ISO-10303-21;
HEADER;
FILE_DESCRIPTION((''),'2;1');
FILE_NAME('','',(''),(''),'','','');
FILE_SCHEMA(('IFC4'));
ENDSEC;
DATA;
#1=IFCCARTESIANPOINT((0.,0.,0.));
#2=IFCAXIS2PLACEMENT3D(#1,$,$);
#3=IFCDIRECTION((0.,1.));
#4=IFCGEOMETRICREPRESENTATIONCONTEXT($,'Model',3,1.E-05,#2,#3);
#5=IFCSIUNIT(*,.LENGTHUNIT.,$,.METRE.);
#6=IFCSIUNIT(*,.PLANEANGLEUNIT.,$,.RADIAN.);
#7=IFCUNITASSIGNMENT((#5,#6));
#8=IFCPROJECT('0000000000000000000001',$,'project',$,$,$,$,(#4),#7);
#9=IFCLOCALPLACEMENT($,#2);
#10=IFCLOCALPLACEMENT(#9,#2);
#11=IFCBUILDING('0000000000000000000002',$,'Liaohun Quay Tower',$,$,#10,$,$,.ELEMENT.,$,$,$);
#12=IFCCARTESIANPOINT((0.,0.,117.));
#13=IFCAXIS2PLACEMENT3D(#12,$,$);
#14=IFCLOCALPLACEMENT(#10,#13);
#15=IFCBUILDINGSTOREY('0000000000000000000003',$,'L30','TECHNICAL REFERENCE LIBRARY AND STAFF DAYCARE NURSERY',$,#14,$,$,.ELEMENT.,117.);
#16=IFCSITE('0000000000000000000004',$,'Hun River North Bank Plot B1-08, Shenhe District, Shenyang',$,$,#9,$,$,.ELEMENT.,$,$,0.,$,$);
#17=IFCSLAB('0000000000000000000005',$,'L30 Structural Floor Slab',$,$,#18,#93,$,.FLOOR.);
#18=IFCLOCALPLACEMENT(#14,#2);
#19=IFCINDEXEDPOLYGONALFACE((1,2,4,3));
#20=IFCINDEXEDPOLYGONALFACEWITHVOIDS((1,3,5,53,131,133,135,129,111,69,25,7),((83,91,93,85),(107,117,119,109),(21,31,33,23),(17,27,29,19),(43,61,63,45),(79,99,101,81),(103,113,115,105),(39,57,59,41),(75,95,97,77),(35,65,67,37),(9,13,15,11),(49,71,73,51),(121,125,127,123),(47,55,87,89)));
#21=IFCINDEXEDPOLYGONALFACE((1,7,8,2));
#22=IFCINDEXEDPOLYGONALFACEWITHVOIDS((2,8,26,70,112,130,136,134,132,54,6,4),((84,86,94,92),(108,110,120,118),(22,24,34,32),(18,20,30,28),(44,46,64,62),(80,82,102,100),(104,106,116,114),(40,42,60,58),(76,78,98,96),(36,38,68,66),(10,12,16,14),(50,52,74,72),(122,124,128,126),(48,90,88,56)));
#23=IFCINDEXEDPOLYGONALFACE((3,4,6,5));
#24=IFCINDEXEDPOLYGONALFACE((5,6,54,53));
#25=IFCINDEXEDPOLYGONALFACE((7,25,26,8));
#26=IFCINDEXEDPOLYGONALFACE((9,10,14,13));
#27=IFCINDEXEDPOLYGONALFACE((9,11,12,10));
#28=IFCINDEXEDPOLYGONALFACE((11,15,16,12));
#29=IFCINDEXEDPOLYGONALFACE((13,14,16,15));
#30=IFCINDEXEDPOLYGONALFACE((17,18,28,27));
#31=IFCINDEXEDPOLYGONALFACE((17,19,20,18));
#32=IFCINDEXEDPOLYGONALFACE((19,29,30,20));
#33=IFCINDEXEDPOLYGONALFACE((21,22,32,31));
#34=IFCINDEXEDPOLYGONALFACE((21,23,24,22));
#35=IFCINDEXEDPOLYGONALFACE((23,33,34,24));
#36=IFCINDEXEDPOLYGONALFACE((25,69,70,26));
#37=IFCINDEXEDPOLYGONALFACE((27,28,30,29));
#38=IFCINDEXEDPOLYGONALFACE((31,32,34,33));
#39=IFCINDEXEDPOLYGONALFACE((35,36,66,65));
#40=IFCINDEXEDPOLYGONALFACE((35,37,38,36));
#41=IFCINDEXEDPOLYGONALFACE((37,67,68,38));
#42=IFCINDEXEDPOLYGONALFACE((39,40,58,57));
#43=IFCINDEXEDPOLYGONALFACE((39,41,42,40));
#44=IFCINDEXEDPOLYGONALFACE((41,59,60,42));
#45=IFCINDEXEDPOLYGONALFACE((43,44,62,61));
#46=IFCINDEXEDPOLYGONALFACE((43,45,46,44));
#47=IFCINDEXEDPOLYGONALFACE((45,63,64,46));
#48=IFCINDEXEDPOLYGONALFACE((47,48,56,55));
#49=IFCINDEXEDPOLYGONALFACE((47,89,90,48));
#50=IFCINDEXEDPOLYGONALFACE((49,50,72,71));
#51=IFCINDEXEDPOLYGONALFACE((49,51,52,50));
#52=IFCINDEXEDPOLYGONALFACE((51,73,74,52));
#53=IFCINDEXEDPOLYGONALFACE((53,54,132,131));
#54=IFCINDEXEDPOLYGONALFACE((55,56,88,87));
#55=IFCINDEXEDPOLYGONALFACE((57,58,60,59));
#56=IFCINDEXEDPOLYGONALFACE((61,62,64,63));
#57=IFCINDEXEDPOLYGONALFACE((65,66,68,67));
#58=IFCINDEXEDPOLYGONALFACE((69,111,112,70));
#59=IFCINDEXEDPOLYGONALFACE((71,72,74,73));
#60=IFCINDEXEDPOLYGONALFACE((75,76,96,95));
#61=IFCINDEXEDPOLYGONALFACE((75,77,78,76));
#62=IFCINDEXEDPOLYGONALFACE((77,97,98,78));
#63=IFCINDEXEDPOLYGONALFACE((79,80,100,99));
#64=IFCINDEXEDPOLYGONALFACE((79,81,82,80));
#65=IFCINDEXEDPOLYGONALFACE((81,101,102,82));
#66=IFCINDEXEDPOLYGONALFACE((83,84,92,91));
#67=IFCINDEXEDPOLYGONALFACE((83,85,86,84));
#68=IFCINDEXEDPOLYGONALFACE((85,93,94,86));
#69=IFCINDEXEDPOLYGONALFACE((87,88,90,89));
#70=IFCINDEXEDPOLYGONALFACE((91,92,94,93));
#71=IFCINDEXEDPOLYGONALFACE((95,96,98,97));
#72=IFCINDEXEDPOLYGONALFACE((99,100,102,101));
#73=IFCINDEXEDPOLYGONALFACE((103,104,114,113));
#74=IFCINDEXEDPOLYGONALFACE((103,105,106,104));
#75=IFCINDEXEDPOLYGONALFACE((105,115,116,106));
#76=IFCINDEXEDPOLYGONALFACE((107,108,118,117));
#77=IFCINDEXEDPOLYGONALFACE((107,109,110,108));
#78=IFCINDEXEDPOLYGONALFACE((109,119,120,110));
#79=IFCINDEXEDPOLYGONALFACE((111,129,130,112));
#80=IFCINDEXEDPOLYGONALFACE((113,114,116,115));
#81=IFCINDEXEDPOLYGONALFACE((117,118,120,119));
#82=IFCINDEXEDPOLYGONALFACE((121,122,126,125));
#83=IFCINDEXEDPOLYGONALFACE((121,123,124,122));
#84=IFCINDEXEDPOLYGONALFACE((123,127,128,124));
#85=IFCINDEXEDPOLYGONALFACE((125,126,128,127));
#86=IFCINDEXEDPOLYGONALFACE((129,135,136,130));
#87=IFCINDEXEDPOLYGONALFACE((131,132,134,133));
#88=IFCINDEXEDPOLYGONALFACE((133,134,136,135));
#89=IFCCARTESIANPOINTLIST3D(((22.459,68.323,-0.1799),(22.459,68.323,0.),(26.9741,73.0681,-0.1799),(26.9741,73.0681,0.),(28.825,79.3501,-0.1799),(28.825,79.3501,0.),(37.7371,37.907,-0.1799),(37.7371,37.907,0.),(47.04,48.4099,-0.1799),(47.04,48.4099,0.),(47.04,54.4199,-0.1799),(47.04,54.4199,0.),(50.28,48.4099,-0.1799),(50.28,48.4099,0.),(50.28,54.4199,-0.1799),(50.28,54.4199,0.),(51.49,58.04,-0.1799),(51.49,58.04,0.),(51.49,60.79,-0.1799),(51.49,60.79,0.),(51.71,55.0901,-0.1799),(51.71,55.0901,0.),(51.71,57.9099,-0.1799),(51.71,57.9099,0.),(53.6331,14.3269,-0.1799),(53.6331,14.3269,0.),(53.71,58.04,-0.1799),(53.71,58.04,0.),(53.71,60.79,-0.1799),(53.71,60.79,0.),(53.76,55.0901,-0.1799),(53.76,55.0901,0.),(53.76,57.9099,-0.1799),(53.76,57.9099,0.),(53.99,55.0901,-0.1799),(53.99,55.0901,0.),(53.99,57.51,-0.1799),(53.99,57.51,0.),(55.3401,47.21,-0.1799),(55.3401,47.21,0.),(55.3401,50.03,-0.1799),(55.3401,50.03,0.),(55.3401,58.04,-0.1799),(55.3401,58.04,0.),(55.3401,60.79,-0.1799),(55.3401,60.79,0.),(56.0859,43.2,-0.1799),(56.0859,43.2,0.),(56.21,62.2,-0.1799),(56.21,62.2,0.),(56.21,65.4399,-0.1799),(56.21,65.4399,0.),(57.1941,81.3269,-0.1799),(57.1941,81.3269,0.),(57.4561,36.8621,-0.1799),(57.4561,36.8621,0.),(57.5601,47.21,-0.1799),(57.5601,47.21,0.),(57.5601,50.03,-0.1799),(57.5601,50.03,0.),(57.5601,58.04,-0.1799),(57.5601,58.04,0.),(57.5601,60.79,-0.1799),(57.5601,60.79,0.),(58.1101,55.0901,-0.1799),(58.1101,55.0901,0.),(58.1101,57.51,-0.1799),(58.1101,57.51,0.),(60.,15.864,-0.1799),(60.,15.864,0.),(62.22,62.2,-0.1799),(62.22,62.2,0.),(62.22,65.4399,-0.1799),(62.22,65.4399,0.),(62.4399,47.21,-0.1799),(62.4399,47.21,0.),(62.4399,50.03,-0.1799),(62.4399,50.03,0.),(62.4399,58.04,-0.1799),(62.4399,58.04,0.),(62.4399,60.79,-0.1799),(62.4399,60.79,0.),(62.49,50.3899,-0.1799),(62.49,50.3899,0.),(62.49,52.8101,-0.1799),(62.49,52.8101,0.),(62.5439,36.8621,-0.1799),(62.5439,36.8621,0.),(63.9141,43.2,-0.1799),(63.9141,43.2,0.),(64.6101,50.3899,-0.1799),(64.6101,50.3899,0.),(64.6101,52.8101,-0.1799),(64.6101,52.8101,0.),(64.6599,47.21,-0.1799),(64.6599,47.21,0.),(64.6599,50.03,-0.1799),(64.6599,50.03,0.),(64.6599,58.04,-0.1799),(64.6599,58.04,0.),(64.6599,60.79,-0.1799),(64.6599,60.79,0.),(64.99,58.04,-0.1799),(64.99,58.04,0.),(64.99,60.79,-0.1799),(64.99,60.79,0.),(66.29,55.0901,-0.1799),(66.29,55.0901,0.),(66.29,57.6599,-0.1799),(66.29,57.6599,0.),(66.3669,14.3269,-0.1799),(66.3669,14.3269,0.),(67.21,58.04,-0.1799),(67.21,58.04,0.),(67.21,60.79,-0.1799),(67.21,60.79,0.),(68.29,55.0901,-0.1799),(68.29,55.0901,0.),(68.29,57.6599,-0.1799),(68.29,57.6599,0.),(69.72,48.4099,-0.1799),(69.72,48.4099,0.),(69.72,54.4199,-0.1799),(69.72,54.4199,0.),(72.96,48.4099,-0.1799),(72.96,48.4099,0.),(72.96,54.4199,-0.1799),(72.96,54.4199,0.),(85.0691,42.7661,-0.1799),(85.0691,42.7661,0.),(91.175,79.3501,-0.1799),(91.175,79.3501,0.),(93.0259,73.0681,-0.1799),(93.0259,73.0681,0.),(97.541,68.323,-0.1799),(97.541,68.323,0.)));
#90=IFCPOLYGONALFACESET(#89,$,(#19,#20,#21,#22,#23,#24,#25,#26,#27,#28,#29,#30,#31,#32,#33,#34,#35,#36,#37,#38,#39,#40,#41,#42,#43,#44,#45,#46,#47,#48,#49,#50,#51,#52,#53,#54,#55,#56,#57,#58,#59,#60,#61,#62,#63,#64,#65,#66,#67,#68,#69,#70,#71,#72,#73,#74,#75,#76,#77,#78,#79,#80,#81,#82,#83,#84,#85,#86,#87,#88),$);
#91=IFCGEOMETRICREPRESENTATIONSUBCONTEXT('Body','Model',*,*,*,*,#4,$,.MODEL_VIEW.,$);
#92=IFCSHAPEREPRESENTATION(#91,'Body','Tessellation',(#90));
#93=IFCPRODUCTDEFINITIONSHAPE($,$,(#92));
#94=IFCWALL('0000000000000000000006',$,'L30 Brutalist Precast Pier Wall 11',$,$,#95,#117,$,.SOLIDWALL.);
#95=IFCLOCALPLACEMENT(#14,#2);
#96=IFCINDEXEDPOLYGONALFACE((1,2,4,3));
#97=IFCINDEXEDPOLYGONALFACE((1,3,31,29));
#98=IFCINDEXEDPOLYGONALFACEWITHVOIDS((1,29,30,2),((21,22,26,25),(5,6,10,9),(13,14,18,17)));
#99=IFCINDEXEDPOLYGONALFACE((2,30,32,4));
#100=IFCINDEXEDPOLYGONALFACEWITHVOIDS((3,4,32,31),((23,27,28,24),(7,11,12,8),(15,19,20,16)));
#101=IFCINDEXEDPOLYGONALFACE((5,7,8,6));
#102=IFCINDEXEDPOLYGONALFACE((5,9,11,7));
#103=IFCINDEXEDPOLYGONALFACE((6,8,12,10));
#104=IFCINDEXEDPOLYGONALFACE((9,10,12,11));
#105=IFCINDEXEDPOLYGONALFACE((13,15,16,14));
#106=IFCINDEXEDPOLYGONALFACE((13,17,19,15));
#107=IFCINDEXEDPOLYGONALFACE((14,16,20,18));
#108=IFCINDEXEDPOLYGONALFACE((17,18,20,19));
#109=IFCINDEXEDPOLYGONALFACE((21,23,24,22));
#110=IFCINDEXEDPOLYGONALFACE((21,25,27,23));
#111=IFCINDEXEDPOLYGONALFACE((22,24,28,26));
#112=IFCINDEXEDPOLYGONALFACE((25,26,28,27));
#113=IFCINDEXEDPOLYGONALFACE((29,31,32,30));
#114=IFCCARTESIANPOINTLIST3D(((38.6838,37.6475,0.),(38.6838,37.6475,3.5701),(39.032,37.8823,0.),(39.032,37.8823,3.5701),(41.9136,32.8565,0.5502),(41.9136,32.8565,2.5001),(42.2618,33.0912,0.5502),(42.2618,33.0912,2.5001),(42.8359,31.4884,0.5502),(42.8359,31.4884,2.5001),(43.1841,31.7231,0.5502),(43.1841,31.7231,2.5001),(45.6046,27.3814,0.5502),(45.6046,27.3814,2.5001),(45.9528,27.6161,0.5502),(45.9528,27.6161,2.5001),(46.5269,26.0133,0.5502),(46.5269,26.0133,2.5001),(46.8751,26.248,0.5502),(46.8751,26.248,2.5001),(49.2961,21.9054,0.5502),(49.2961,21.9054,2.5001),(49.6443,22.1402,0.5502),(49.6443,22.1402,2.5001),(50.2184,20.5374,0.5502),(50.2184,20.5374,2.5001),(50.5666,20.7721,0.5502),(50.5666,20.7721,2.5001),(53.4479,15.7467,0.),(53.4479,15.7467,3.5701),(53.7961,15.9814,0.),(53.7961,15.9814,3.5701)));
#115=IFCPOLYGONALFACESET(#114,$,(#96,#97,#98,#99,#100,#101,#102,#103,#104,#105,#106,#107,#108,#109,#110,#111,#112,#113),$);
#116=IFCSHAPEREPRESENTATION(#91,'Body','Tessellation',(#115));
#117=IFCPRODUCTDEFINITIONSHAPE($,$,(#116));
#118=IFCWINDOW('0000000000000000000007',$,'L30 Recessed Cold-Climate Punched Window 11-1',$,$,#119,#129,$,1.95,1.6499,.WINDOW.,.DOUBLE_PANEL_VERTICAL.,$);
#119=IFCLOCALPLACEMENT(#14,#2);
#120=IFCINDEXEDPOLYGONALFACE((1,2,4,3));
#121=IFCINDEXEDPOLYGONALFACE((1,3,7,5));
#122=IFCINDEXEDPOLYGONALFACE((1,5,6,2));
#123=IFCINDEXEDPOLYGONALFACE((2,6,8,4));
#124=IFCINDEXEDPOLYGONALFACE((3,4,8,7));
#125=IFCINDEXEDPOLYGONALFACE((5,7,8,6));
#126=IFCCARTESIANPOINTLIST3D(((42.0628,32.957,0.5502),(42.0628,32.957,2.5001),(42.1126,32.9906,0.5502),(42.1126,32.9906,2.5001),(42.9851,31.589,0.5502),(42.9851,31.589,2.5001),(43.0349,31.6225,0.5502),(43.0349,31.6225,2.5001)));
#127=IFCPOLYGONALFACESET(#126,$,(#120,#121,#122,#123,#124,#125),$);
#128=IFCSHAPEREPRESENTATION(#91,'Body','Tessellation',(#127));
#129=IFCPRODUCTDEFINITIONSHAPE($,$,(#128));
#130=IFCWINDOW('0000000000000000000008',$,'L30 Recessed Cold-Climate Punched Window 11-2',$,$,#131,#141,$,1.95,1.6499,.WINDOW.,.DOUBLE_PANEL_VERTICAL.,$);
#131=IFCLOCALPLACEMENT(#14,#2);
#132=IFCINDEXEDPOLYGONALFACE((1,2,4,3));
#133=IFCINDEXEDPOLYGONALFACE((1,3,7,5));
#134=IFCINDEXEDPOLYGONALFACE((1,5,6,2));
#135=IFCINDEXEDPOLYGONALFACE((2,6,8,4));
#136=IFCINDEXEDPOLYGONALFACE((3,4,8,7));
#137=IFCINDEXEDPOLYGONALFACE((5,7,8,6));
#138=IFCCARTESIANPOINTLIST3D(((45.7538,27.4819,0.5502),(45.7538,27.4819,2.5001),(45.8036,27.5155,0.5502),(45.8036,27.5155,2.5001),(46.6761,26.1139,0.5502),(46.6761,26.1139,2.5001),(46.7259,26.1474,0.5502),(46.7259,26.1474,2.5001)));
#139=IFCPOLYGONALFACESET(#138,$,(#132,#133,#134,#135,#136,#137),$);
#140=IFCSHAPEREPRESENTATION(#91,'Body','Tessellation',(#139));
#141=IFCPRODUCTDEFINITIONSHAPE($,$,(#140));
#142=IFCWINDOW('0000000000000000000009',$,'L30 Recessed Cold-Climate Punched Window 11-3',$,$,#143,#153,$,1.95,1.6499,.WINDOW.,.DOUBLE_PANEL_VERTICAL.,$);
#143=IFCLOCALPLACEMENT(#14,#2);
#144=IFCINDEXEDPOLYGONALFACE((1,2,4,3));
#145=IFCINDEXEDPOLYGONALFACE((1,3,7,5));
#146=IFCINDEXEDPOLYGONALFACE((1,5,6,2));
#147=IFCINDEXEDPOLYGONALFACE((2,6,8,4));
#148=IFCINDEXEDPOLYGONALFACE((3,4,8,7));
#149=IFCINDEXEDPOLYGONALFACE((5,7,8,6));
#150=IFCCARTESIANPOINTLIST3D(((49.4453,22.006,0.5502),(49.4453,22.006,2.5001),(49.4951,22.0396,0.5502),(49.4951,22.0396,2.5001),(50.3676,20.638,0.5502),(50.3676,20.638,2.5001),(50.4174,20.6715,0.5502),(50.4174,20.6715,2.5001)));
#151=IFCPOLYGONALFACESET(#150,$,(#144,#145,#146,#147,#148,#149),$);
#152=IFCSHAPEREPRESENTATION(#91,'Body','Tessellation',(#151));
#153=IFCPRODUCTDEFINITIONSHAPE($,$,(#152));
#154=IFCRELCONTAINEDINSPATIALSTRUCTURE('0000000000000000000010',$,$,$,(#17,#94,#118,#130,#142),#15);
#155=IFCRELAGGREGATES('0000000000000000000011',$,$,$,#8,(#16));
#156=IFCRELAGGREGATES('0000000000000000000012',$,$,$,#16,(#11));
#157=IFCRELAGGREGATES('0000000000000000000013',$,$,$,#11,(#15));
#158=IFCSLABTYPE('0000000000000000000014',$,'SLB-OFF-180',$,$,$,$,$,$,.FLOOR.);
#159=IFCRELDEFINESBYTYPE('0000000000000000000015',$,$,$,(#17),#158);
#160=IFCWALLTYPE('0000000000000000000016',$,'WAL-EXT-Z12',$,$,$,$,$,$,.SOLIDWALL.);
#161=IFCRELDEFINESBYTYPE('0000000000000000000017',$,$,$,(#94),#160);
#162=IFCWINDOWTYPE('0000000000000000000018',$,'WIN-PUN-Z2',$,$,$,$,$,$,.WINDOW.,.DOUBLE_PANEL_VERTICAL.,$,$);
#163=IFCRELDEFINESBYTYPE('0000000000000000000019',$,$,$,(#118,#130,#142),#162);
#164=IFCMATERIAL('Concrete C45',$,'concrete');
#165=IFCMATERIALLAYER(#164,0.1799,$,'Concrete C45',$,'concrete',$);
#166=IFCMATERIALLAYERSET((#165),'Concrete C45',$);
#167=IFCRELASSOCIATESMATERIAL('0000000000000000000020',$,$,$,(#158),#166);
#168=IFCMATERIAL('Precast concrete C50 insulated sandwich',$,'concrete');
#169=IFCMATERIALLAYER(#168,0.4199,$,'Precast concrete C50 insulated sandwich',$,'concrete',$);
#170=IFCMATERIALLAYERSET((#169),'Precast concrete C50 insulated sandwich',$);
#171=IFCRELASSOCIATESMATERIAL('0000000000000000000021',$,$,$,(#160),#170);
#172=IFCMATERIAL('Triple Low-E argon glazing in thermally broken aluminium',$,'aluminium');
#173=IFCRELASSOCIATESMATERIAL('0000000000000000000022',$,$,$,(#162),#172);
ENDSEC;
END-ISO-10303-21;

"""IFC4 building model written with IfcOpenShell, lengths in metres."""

from ifc_helpers import new_model, si_unit, direction, frame, frame_2d, origin, place, context, subcontext, project, spatial, polyline, rectangle, outline, extrude, source, transform, mapped, material, layer, layer_set, type_object, element, fill, save


model = new_model("IFC4")

# Units and contexts
model_context = context("Model", 3, precision=1e-05, world=origin(), true_north=direction((0.0, 1.0)))
body_context = subcontext(model_context, "Body", "Model", "MODEL_VIEW")
ifc_project = project(units=[si_unit("LENGTHUNIT", "METRE"), si_unit("PLANEANGLEUNIT", "RADIAN")], contexts=[model_context])

# Site, building, storey
site_placement = place(None, origin())
site = spatial("IfcSite", under=ifc_project, at=site_placement, Name="Hun River North Bank Plot B1-08, Shenhe District, Shenyang", CompositionType="ELEMENT", RefElevation=0.0)
building_placement = place(site_placement, origin())
building = spatial("IfcBuilding", under=site, at=building_placement, Name="Liaohun Quay Tower", CompositionType="ELEMENT")
storey_placement = place(building_placement, frame((0.0, 0.0, 117.0)))
storey = spatial("IfcBuildingStorey", under=building, at=storey_placement, Name="L30", Description="TECHNICAL REFERENCE LIBRARY AND STAFF DAYCARE NURSERY", CompositionType="ELEMENT", Elevation=117.0)

# Shared definitions
ifc_material_1 = material(Name="Concrete C45", Category="concrete")

# Slab
ifc_layer_1 = layer(ifc_material_1, 0.1799, Name="Concrete C45", Category="concrete")
ifc_layer_set_1 = layer_set([ifc_layer_1], Name="Concrete C45")
slab_type_1 = type_object("IfcSlabType", Name="SLB-OFF-180", PredefinedType="FLOOR", material=ifc_layer_set_1)
slab_1_placement = place(storey_placement, frame((0.0, 0.0, -0.1799)))
element("IfcSlab", 1, at=slab_1_placement, inside=storey, type_object=slab_type_1, Name="L30 Structural Floor Slab", PredefinedType="FLOOR", context=body_context, shape_type="SweptSolid", body=[
    extrude(outline(polyline([(53.6331, 14.3269), (60.0, 15.864), (66.3669, 14.3269), (85.0691, 42.7661), (97.541, 68.323), (93.0259, 73.0681), (91.175, 79.3501), (57.1941, 81.3269), (28.825, 79.3501), (26.9741, 73.0681), (22.459, 68.323), (37.7371, 37.907), (53.6331, 14.3269)]), holes=[polyline([(57.5601, 50.03), (55.3401, 50.03), (55.3401, 47.21), (57.5601, 47.21), (57.5601, 50.03)]), polyline([(50.28, 54.4199), (47.04, 54.4199), (47.04, 48.4099), (50.28, 48.4099), (50.28, 54.4199)]), polyline([(53.99, 55.0901), (58.1101, 55.0901), (58.1101, 57.51), (53.99, 57.51), (53.99, 55.0901)]), polyline([(53.76, 55.0901), (53.76, 57.9099), (51.71, 57.9099), (51.71, 55.0901), (53.76, 55.0901)]), polyline([(53.71, 58.04), (53.71, 60.79), (51.49, 60.79), (51.49, 58.04), (53.71, 58.04)]), polyline([(57.5601, 58.04), (57.5601, 60.79), (55.3401, 60.79), (55.3401, 58.04), (57.5601, 58.04)]), polyline([(62.22, 62.2), (62.22, 65.4399), (56.21, 65.4399), (56.21, 62.2), (62.22, 62.2)]), polyline([(62.5439, 36.8621), (63.9141, 43.2), (56.0859, 43.2), (57.4561, 36.8621), (62.5439, 36.8621)]), polyline([(64.6599, 47.21), (64.6599, 50.03), (62.4399, 50.03), (62.4399, 47.21), (64.6599, 47.21)]), polyline([(72.96, 54.4199), (69.72, 54.4199), (69.72, 48.4099), (72.96, 48.4099), (72.96, 54.4199)]), polyline([(64.6101, 50.3899), (64.6101, 52.8101), (62.49, 52.8101), (62.49, 50.3899), (64.6101, 50.3899)]), polyline([(68.29, 55.0901), (68.29, 57.6599), (66.29, 57.6599), (66.29, 55.0901), (68.29, 55.0901)]), polyline([(64.6599, 58.04), (64.6599, 60.79), (62.4399, 60.79), (62.4399, 58.04), (64.6599, 58.04)]), polyline([(67.21, 58.04), (67.21, 60.79), (64.99, 60.79), (64.99, 58.04), (67.21, 58.04)])]), origin(), (0.0, 0.0, 1.0), 0.1799),
])

# Wall, openings, windows
ifc_material_2 = material(Name="Precast concrete C50 insulated sandwich", Category="concrete")
ifc_layer_2 = layer(ifc_material_2, 0.4199, Name="Precast concrete C50 insulated sandwich", Category="concrete")
ifc_layer_set_2 = layer_set([ifc_layer_2], Name="Precast concrete C50 insulated sandwich")
wall_type_1 = type_object("IfcWallType", Name="WAL-EXT-Z12", PredefinedType="SOLIDWALL", material=ifc_layer_set_2)
wall_1_placement = place(storey_placement, frame((38.8579, 37.7649, 0.0), z_axis=(0.0, 0.0, 1.0), x_axis=(0.55898, -0.829181, 0.0)))
wall_1 = element("IfcWall", 2, at=wall_1_placement, inside=storey, type_object=wall_type_1, Name="L30 Brutalist Precast Pier Wall 11", PredefinedType="SOLIDWALL", context=body_context, shape_type="SweptSolid", body=[
    extrude(rectangle(XDim=26.4126, YDim=0.4199, at=frame_2d((13.2063, 0.0))), origin(), (0.0, 0.0, 1.0), 3.5701),
])
shared_shape_1 = source(origin(), body_context, "Body", "SweptSolid", [
    extrude(rectangle(XDim=1.6499, YDim=1.95, at=frame_2d((0.825, 0.9751))), frame((0.0, 0.22, 0.0), z_axis=(0.0, -1.0, 0.0), x_axis=(1.0, 0.0, 0.0)), (0.0, 0.0, 1.0), 0.4399),
])
opening_1_placement = place(wall_1_placement, frame((5.7781, 0.0, 0.55)))
opening_1 = element("IfcOpeningElement", 3, at=opening_1_placement, cuts=wall_1, PredefinedType="OPENING", context=body_context, shape_type="MappedRepresentation", body=[
    mapped(shared_shape_1, transform((0.0, 0.0, 0.0), x_axis=(1.0, 0.0, 0.0), y_axis=(0.0, 1.0, 0.0), z_axis=(0.0, 0.0, 1.0), scale=1.0)),
])
opening_2_placement = place(wall_1_placement, frame((12.3811, 0.0, 0.55)))
opening_2 = element("IfcOpeningElement", 4, at=opening_2_placement, cuts=wall_1, PredefinedType="OPENING", context=body_context, shape_type="MappedRepresentation", body=[
    mapped(shared_shape_1, transform((0.0, 0.0, 0.0), x_axis=(1.0, 0.0, 0.0), y_axis=(0.0, 1.0, 0.0), z_axis=(0.0, 0.0, 1.0), scale=1.0)),
])
opening_3_placement = place(wall_1_placement, frame((18.9851, 0.0, 0.55)))
opening_3 = element("IfcOpeningElement", 5, at=opening_3_placement, cuts=wall_1, PredefinedType="OPENING", context=body_context, shape_type="MappedRepresentation", body=[
    mapped(shared_shape_1, transform((0.0, 0.0, 0.0), x_axis=(1.0, 0.0, 0.0), y_axis=(0.0, 1.0, 0.0), z_axis=(0.0, 0.0, 1.0), scale=1.0)),
])
ifc_material_3 = material(Name="Triple Low-E argon glazing in thermally broken aluminium", Category="aluminium")
window_type = type_object("IfcWindowType", Name="WIN-PUN-Z2", PartitioningType="DOUBLE_PANEL_VERTICAL", PredefinedType="WINDOW", material=ifc_material_3)
shared_shape_2 = source(origin(), body_context, "Body", "SweptSolid", [
    extrude(rectangle(XDim=1.6499, YDim=1.95, at=frame_2d((0.825, 0.9751))), frame((0.0, 0.03, 0.0), z_axis=(0.0, -1.0, 0.0), x_axis=(1.0, 0.0, 0.0)), (0.0, 0.0, 1.0), 0.0601),
])
window_1_placement = place(opening_1_placement, origin())
window_1 = element("IfcWindow", 6, at=window_1_placement, inside=storey, type_object=window_type, Name="L30 Recessed Cold-Climate Punched Window 11-1", OverallHeight=1.95, OverallWidth=1.6499, PartitioningType="DOUBLE_PANEL_VERTICAL", PredefinedType="WINDOW", context=body_context, shape_type="MappedRepresentation", body=[
    mapped(shared_shape_2, transform((0.0, 0.0, 0.0), x_axis=(1.0, 0.0, 0.0), y_axis=(0.0, 1.0, 0.0), z_axis=(0.0, 0.0, 1.0), scale=1.0)),
])
fill(opening_1, window_1)
window_2_placement = place(opening_2_placement, origin())
window_2 = element("IfcWindow", 7, at=window_2_placement, inside=storey, type_object=window_type, Name="L30 Recessed Cold-Climate Punched Window 11-2", OverallHeight=1.95, OverallWidth=1.6499, PartitioningType="DOUBLE_PANEL_VERTICAL", PredefinedType="WINDOW", context=body_context, shape_type="MappedRepresentation", body=[
    mapped(shared_shape_2, transform((0.0, 0.0, 0.0), x_axis=(1.0, 0.0, 0.0), y_axis=(0.0, 1.0, 0.0), z_axis=(0.0, 0.0, 1.0), scale=1.0)),
])
fill(opening_2, window_2)
window_3_placement = place(opening_3_placement, origin())
window_3 = element("IfcWindow", 8, at=window_3_placement, inside=storey, type_object=window_type, Name="L30 Recessed Cold-Climate Punched Window 11-3", OverallHeight=1.95, OverallWidth=1.6499, PartitioningType="DOUBLE_PANEL_VERTICAL", PredefinedType="WINDOW", context=body_context, shape_type="MappedRepresentation", body=[
    mapped(shared_shape_2, transform((0.0, 0.0, 0.0), x_axis=(1.0, 0.0, 0.0), y_axis=(0.0, 1.0, 0.0), z_axis=(0.0, 0.0, 1.0), scale=1.0)),
])
fill(opening_3, window_3)

save(model, "model.ifc")
